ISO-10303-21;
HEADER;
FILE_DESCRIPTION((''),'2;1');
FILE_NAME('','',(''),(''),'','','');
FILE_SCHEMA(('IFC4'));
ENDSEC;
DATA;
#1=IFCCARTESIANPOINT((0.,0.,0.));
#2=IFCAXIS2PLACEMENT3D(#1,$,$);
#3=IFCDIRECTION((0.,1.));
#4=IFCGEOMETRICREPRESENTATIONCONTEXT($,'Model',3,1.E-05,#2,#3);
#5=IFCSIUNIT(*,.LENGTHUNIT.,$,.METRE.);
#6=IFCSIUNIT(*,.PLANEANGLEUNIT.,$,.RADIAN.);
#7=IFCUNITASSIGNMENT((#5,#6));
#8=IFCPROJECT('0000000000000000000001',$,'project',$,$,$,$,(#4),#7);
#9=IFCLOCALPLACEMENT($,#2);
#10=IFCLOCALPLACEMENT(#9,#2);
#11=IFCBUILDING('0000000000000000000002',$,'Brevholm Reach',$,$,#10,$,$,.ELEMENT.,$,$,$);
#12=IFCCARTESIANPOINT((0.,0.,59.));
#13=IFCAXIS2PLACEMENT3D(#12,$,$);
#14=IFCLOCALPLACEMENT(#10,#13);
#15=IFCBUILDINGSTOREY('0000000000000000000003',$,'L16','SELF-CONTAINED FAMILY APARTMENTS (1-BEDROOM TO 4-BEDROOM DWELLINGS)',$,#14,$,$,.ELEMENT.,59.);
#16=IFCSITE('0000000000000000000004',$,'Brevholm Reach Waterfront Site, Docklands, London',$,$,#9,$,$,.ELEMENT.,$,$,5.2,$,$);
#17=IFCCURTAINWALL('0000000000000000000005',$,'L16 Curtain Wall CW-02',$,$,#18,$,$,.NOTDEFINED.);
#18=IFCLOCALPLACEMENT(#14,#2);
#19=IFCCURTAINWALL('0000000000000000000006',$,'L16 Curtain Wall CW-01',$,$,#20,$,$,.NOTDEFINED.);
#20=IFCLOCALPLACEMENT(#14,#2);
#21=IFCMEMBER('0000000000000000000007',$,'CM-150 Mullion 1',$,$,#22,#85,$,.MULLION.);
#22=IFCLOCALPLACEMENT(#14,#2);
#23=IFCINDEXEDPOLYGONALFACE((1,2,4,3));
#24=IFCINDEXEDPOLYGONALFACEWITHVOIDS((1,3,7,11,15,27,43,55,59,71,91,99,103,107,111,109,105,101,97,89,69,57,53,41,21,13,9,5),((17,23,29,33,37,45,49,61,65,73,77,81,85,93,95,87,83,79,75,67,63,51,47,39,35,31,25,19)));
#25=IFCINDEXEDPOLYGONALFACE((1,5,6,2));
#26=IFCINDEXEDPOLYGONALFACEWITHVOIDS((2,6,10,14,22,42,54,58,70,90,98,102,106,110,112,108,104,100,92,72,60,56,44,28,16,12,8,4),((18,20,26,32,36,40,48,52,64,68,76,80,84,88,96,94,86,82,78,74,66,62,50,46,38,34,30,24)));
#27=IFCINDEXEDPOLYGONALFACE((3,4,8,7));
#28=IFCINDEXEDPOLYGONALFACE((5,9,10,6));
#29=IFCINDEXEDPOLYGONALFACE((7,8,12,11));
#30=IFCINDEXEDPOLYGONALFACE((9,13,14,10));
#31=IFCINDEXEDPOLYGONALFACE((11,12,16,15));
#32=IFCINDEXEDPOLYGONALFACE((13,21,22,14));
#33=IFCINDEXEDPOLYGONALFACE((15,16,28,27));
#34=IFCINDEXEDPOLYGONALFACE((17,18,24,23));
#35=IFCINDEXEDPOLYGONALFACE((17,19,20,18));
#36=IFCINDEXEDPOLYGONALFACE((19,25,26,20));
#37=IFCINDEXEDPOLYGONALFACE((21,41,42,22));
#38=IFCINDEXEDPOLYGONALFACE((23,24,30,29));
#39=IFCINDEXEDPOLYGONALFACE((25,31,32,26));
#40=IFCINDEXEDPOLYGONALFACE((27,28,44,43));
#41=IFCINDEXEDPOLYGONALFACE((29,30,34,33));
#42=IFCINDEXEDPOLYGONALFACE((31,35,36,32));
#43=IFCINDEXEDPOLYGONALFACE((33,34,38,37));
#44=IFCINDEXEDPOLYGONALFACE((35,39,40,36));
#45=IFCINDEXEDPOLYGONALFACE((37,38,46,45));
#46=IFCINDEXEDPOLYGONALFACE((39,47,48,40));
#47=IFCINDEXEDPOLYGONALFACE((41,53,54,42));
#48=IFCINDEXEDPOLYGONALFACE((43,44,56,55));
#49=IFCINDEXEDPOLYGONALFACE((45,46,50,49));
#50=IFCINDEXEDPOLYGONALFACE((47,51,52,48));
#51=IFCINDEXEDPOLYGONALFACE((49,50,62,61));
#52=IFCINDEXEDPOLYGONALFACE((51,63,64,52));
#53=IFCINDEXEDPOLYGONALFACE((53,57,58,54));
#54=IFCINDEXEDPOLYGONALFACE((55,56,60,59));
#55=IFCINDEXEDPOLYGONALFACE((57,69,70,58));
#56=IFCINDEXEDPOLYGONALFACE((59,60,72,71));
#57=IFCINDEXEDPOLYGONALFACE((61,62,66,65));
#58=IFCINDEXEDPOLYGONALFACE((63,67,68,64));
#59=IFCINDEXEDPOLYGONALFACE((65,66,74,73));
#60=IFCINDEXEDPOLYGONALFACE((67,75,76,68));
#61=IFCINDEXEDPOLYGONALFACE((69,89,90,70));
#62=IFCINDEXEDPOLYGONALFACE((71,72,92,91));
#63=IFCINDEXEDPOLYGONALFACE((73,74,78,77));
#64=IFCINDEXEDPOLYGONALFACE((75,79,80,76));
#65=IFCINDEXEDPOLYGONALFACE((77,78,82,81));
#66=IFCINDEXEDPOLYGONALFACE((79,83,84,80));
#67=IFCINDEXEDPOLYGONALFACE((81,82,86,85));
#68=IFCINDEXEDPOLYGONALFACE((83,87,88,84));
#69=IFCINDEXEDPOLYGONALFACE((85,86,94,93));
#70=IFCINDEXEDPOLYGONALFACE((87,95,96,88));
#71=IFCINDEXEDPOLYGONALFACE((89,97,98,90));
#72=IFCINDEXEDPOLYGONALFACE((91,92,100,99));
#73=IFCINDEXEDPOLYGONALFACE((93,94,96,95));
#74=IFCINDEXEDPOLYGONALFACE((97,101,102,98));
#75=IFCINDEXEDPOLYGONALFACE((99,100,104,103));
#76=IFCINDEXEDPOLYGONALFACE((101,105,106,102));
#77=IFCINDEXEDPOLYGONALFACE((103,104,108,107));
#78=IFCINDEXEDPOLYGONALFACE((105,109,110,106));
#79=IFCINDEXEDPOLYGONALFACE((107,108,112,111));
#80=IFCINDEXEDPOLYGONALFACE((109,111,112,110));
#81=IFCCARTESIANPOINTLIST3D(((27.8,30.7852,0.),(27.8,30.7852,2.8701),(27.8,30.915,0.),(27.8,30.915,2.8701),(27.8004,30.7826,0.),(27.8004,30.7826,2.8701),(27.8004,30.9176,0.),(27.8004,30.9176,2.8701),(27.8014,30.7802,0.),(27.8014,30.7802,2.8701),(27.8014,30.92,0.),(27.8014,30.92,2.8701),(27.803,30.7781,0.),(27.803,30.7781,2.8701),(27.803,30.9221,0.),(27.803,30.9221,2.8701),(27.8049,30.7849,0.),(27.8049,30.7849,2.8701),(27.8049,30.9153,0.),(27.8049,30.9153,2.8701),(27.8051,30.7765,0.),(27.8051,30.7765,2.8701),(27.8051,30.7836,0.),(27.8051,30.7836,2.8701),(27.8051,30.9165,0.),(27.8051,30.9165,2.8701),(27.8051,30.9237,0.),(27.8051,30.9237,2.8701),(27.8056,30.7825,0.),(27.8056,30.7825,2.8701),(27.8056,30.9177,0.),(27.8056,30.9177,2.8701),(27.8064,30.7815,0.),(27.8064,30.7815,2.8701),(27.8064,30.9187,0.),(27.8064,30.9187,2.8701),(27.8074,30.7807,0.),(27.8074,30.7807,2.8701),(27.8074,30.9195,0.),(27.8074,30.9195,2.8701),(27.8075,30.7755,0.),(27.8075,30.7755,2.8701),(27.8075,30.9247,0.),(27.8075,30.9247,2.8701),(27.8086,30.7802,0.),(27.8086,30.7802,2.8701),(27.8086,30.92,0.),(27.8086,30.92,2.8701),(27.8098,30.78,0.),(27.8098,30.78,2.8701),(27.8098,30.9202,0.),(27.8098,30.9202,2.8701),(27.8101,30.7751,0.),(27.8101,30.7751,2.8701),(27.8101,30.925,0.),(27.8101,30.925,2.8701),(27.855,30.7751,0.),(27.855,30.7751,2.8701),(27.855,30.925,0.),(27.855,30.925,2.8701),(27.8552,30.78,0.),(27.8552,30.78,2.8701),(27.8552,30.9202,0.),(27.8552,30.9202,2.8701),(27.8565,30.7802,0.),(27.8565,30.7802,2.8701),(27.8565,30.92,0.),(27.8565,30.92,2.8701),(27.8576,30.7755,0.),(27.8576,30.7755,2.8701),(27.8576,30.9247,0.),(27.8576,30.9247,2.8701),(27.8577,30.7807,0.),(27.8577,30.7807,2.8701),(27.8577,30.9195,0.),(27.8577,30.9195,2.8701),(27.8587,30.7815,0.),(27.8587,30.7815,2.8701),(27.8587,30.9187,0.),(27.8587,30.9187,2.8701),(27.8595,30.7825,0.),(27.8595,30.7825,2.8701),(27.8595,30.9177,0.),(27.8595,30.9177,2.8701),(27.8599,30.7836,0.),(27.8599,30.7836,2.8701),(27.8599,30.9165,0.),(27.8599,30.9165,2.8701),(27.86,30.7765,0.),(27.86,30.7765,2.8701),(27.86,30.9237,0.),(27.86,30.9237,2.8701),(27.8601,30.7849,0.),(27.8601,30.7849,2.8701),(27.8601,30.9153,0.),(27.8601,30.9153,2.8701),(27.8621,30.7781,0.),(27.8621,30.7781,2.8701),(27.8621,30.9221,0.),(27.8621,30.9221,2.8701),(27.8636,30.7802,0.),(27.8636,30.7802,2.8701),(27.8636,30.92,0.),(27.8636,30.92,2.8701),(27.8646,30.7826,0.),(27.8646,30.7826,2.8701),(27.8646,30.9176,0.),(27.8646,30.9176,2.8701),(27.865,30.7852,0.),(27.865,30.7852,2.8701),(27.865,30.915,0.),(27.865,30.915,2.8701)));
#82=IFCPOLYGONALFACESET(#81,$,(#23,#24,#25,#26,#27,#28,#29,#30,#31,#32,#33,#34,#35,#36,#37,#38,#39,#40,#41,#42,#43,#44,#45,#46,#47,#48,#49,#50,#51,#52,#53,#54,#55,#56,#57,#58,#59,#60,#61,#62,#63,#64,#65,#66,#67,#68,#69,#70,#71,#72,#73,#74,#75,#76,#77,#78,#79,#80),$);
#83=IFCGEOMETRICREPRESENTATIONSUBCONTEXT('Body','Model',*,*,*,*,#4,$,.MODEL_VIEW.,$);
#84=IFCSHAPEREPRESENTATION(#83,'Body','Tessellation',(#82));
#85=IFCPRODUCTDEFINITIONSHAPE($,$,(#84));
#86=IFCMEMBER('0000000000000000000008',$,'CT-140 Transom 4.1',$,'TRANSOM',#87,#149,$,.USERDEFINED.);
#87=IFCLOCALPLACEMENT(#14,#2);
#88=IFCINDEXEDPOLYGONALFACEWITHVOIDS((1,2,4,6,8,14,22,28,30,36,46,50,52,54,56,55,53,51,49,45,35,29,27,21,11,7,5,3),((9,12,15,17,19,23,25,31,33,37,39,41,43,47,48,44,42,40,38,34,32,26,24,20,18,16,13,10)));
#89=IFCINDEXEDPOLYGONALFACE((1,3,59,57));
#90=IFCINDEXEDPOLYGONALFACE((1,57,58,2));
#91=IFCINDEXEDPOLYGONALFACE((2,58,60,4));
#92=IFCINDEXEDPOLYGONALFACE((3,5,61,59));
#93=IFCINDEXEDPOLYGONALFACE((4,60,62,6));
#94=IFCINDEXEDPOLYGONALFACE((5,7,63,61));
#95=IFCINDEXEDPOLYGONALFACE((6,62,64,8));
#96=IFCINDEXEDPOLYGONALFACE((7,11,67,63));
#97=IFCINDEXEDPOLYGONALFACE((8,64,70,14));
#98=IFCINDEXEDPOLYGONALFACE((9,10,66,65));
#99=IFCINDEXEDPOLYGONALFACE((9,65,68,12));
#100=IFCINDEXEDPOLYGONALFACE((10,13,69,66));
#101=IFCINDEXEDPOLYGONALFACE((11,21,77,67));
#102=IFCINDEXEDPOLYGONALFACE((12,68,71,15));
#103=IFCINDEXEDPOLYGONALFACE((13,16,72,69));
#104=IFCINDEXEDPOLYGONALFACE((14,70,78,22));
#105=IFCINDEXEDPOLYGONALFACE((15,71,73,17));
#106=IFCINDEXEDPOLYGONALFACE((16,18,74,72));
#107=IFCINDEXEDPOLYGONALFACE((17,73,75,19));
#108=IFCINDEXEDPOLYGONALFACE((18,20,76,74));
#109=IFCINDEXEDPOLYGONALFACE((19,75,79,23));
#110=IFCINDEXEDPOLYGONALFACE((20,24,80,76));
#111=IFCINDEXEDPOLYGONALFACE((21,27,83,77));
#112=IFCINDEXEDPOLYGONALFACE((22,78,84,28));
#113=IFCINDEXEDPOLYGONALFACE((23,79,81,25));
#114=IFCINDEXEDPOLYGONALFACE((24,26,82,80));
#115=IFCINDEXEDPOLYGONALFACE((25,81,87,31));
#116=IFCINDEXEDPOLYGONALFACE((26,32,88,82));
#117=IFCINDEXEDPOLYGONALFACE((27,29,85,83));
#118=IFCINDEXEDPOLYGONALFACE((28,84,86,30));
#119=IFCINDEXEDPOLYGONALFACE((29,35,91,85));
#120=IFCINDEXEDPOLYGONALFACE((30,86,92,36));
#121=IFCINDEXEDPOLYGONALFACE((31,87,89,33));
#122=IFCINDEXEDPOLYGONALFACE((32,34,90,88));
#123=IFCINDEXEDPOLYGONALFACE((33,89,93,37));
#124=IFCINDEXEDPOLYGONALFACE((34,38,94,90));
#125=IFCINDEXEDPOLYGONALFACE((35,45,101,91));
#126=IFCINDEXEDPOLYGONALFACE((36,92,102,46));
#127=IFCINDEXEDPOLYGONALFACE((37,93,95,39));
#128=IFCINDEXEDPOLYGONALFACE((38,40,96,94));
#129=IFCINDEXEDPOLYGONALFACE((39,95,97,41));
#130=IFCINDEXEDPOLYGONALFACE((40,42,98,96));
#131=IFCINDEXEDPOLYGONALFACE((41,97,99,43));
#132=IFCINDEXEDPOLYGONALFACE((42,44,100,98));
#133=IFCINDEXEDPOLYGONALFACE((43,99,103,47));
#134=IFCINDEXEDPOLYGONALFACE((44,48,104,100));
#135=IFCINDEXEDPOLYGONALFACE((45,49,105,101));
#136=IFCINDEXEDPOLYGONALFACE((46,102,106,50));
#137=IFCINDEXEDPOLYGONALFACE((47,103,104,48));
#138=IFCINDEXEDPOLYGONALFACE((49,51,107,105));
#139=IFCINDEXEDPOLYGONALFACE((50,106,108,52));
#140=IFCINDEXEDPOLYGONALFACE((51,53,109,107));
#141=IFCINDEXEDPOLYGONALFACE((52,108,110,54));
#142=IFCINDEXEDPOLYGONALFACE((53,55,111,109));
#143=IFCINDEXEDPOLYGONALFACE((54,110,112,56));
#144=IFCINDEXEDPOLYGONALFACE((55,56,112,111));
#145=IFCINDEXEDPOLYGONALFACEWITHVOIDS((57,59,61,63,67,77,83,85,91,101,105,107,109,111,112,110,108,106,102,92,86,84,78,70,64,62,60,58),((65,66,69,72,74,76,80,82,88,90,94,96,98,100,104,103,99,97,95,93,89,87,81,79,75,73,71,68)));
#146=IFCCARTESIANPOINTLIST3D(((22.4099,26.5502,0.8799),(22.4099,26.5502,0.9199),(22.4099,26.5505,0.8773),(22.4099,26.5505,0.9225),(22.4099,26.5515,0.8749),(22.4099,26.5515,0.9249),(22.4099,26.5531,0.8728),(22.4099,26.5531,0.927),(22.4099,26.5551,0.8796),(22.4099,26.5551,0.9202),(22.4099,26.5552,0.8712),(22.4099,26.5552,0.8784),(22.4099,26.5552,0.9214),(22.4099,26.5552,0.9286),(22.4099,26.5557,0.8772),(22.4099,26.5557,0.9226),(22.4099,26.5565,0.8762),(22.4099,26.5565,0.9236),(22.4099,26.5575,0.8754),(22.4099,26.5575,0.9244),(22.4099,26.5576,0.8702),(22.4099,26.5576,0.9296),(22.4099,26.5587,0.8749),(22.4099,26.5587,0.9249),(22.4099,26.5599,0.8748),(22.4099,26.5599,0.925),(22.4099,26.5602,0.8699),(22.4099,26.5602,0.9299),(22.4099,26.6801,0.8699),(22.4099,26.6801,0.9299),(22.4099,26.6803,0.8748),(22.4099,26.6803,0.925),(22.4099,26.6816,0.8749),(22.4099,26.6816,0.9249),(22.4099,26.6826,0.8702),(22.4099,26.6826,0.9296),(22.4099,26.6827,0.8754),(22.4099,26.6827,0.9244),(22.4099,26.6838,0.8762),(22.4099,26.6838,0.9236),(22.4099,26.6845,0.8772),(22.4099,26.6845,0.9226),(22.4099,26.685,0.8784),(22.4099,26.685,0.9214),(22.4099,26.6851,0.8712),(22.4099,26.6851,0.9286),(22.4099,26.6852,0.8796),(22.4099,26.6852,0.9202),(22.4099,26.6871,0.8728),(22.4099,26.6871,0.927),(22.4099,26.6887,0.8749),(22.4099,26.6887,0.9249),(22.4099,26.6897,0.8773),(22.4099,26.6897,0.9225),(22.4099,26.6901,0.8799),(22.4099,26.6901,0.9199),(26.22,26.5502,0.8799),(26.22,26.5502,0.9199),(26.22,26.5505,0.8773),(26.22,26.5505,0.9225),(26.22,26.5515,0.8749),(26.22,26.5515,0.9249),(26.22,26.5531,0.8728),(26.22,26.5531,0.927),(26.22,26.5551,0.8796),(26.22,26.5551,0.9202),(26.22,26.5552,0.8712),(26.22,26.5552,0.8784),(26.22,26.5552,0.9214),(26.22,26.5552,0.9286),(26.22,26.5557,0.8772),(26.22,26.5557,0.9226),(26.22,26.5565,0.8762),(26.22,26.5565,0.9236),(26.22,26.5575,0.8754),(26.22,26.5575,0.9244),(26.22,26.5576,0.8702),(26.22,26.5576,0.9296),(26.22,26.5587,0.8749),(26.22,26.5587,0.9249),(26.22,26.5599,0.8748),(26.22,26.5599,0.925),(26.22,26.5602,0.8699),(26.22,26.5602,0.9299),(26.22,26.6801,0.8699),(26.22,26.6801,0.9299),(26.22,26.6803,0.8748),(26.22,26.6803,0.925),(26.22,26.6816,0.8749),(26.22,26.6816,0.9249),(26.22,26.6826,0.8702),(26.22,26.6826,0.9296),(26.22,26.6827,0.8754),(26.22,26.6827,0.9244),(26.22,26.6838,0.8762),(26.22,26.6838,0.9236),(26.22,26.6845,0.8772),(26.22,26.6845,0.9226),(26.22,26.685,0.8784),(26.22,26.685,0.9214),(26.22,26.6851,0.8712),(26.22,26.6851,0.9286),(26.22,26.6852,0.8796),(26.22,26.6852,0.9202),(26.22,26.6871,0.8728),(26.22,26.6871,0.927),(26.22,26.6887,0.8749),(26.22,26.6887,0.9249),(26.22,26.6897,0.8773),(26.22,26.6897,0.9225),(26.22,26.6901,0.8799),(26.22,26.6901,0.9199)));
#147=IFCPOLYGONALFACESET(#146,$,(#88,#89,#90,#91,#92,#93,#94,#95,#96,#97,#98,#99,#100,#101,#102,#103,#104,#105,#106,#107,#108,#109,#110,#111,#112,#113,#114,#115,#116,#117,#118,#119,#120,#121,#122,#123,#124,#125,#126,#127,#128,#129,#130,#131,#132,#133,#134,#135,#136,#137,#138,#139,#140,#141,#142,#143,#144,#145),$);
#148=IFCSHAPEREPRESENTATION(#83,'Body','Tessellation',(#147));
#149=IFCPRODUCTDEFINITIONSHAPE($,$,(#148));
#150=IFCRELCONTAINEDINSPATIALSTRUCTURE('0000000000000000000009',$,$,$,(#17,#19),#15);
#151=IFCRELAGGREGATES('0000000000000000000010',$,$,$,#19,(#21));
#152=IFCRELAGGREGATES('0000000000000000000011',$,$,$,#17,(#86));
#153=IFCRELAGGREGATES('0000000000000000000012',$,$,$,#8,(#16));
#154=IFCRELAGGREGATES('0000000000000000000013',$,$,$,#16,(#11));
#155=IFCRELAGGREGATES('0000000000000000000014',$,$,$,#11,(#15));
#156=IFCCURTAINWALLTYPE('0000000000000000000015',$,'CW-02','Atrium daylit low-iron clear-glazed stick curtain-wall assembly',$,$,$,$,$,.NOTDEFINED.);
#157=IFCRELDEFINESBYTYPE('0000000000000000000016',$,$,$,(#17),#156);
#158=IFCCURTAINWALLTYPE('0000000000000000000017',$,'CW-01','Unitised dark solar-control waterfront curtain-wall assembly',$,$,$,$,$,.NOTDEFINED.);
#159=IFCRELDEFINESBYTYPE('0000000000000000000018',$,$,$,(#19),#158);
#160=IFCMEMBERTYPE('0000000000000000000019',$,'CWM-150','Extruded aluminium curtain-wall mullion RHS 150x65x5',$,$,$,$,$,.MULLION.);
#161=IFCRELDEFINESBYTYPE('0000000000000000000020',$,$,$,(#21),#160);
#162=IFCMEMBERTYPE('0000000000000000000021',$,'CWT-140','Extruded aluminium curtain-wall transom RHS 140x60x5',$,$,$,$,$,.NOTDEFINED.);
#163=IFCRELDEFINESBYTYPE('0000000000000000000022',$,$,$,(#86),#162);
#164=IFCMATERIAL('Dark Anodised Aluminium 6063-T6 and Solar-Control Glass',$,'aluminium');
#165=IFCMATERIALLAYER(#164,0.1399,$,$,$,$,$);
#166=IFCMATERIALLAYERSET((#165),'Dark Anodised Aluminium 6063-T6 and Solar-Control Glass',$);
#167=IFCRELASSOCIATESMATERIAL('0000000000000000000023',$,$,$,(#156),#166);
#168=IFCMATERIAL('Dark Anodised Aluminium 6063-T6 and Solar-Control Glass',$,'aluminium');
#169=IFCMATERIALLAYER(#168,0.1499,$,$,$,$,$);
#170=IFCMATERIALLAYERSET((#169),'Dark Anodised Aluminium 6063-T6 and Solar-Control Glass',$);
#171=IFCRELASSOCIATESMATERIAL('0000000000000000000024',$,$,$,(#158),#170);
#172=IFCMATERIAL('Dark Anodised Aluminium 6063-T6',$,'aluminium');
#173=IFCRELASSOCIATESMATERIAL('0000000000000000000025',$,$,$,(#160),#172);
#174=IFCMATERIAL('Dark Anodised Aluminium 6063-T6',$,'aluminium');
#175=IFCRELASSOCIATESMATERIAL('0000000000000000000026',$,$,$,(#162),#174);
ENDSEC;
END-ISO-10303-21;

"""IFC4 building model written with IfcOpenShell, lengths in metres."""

from ifc_helpers import new_model, si_unit, direction, frame, origin, origin_2d, place, context, subcontext, project, spatial, hollow_rectangle, extrude, material, layer, layer_set, material_profile, profile_set, type_object, element, aggregate, save


model = new_model("IFC4")

# Units and contexts
model_context = context("Model", 3, precision=1e-05, world=origin(), true_north=direction((0.0, 1.0)))
body_context = subcontext(model_context, "Body", "Model", "MODEL_VIEW")
ifc_project = project(units=[si_unit("LENGTHUNIT", "METRE"), si_unit("PLANEANGLEUNIT", "RADIAN")], contexts=[model_context])

# Site, building, storey
site_placement = place(None, origin())
site = spatial("IfcSite", under=ifc_project, at=site_placement, Name="Brevholm Reach Waterfront Site, Docklands, London", CompositionType="ELEMENT", RefElevation=5.2)
building_placement = place(site_placement, origin())
building = spatial("IfcBuilding", under=site, at=building_placement, Name="Brevholm Reach", CompositionType="ELEMENT")
storey_placement = place(building_placement, frame((0.0, 0.0, 59.0)))
storey = spatial("IfcBuildingStorey", under=building, at=storey_placement, Name="L16", Description="SELF-CONTAINED FAMILY APARTMENTS (1-BEDROOM TO 4-BEDROOM DWELLINGS)", CompositionType="ELEMENT", Elevation=59.0)

# Curtain wall
ifc_material_1 = material(Name="Dark Anodised Aluminium 6063-T6 and Solar-Control Glass", Category="aluminium")
ifc_layer_1 = layer(ifc_material_1, 0.1399)
ifc_layer_set_1 = layer_set([ifc_layer_1], Name="Dark Anodised Aluminium 6063-T6 and Solar-Control Glass")
curtain_wall_type_1 = type_object("IfcCurtainWallType", Name="CW-02", Description="Atrium daylit low-iron clear-glazed stick curtain-wall assembly", PredefinedType="NOTDEFINED", material=ifc_layer_set_1)
curtain_wall_1_placement = place(storey_placement, origin())
curtain_wall_1 = element("IfcCurtainWall", 1, at=curtain_wall_1_placement, inside=storey, type_object=curtain_wall_type_1, Name="L16 Curtain Wall CW-02", PredefinedType="NOTDEFINED")

# Curtain wall, member
ifc_material_2 = material(Name="Dark Anodised Aluminium 6063-T6 and Solar-Control Glass", Category="aluminium")
ifc_layer_2 = layer(ifc_material_2, 0.1499)
ifc_layer_set_2 = layer_set([ifc_layer_2], Name="Dark Anodised Aluminium 6063-T6 and Solar-Control Glass")
curtain_wall_type_2 = type_object("IfcCurtainWallType", Name="CW-01", Description="Unitised dark solar-control waterfront curtain-wall assembly", PredefinedType="NOTDEFINED", material=ifc_layer_set_2)
curtain_wall_2_placement = place(storey_placement, origin())
curtain_wall_2 = element("IfcCurtainWall", 2, at=curtain_wall_2_placement, inside=storey, type_object=curtain_wall_type_2, Name="L16 Curtain Wall CW-01", PredefinedType="NOTDEFINED")
ifc_material_3 = material(Name="Dark Anodised Aluminium 6063-T6", Category="aluminium")
ifc_material_profile_1 = material_profile(ifc_material_3, hollow_rectangle(XDim=0.0649, YDim=0.1499, WallThickness=0.0049, InnerFilletRadius=0.0049, OuterFilletRadius=0.01, at=origin_2d()), Name="RHS 150x65x5")
ifc_profile_set_1 = profile_set([ifc_material_profile_1], Name="Dark Anodised Aluminium 6063-T6")
member_type_1 = type_object("IfcMemberType", Name="CWM-150", Description="Extruded aluminium curtain-wall mullion RHS 150x65x5", PredefinedType="MULLION", material=ifc_profile_set_1)
member_1_placement = place(storey_placement, frame((27.8325, 30.8501, 0.0), z_axis=(0.0, 0.0, 1.0), x_axis=(1.0, 0.0, 0.0)))
member_1 = element("IfcMember", 3, at=member_1_placement, type_object=member_type_1, Name="CM-150 Mullion 1", PredefinedType="MULLION", context=body_context, shape_type="SweptSolid", body=[
    extrude(hollow_rectangle(XDim=0.0649, YDim=0.1499, WallThickness=0.0049, InnerFilletRadius=0.0049, OuterFilletRadius=0.01, at=origin_2d()), origin(), (0.0, 0.0, 1.0), 2.8701),
])

# Member
ifc_material_4 = material(Name="Dark Anodised Aluminium 6063-T6", Category="aluminium")
ifc_material_profile_2 = material_profile(ifc_material_4, hollow_rectangle(XDim=0.0601, YDim=0.1399, WallThickness=0.0049, InnerFilletRadius=0.0049, OuterFilletRadius=0.01, at=origin_2d()), Name="RHS 140x60x5")
ifc_profile_set_2 = profile_set([ifc_material_profile_2], Name="Dark Anodised Aluminium 6063-T6")
member_type_2 = type_object("IfcMemberType", Name="CWT-140", Description="Extruded aluminium curtain-wall transom RHS 140x60x5", PredefinedType="NOTDEFINED", material=ifc_profile_set_2)
member_2_placement = place(storey_placement, frame((26.22, 26.6201, 0.8999), z_axis=(-1.0, 0.0, 0.0), x_axis=(0.0, 0.0, 1.0)))
member_2 = element("IfcMember", 4, at=member_2_placement, type_object=member_type_2, Name="CT-140 Transom 4.1", ObjectType="TRANSOM", PredefinedType="USERDEFINED", context=body_context, shape_type="SweptSolid", body=[
    extrude(hollow_rectangle(XDim=0.0601, YDim=0.1399, WallThickness=0.0049, InnerFilletRadius=0.0049, OuterFilletRadius=0.01, at=origin_2d()), origin(), (0.0, 0.0, 1.0), 3.8101),
])
aggregate(curtain_wall_2, [member_1])

aggregate(curtain_wall_1, [member_2])

save(model, "model.ifc")
